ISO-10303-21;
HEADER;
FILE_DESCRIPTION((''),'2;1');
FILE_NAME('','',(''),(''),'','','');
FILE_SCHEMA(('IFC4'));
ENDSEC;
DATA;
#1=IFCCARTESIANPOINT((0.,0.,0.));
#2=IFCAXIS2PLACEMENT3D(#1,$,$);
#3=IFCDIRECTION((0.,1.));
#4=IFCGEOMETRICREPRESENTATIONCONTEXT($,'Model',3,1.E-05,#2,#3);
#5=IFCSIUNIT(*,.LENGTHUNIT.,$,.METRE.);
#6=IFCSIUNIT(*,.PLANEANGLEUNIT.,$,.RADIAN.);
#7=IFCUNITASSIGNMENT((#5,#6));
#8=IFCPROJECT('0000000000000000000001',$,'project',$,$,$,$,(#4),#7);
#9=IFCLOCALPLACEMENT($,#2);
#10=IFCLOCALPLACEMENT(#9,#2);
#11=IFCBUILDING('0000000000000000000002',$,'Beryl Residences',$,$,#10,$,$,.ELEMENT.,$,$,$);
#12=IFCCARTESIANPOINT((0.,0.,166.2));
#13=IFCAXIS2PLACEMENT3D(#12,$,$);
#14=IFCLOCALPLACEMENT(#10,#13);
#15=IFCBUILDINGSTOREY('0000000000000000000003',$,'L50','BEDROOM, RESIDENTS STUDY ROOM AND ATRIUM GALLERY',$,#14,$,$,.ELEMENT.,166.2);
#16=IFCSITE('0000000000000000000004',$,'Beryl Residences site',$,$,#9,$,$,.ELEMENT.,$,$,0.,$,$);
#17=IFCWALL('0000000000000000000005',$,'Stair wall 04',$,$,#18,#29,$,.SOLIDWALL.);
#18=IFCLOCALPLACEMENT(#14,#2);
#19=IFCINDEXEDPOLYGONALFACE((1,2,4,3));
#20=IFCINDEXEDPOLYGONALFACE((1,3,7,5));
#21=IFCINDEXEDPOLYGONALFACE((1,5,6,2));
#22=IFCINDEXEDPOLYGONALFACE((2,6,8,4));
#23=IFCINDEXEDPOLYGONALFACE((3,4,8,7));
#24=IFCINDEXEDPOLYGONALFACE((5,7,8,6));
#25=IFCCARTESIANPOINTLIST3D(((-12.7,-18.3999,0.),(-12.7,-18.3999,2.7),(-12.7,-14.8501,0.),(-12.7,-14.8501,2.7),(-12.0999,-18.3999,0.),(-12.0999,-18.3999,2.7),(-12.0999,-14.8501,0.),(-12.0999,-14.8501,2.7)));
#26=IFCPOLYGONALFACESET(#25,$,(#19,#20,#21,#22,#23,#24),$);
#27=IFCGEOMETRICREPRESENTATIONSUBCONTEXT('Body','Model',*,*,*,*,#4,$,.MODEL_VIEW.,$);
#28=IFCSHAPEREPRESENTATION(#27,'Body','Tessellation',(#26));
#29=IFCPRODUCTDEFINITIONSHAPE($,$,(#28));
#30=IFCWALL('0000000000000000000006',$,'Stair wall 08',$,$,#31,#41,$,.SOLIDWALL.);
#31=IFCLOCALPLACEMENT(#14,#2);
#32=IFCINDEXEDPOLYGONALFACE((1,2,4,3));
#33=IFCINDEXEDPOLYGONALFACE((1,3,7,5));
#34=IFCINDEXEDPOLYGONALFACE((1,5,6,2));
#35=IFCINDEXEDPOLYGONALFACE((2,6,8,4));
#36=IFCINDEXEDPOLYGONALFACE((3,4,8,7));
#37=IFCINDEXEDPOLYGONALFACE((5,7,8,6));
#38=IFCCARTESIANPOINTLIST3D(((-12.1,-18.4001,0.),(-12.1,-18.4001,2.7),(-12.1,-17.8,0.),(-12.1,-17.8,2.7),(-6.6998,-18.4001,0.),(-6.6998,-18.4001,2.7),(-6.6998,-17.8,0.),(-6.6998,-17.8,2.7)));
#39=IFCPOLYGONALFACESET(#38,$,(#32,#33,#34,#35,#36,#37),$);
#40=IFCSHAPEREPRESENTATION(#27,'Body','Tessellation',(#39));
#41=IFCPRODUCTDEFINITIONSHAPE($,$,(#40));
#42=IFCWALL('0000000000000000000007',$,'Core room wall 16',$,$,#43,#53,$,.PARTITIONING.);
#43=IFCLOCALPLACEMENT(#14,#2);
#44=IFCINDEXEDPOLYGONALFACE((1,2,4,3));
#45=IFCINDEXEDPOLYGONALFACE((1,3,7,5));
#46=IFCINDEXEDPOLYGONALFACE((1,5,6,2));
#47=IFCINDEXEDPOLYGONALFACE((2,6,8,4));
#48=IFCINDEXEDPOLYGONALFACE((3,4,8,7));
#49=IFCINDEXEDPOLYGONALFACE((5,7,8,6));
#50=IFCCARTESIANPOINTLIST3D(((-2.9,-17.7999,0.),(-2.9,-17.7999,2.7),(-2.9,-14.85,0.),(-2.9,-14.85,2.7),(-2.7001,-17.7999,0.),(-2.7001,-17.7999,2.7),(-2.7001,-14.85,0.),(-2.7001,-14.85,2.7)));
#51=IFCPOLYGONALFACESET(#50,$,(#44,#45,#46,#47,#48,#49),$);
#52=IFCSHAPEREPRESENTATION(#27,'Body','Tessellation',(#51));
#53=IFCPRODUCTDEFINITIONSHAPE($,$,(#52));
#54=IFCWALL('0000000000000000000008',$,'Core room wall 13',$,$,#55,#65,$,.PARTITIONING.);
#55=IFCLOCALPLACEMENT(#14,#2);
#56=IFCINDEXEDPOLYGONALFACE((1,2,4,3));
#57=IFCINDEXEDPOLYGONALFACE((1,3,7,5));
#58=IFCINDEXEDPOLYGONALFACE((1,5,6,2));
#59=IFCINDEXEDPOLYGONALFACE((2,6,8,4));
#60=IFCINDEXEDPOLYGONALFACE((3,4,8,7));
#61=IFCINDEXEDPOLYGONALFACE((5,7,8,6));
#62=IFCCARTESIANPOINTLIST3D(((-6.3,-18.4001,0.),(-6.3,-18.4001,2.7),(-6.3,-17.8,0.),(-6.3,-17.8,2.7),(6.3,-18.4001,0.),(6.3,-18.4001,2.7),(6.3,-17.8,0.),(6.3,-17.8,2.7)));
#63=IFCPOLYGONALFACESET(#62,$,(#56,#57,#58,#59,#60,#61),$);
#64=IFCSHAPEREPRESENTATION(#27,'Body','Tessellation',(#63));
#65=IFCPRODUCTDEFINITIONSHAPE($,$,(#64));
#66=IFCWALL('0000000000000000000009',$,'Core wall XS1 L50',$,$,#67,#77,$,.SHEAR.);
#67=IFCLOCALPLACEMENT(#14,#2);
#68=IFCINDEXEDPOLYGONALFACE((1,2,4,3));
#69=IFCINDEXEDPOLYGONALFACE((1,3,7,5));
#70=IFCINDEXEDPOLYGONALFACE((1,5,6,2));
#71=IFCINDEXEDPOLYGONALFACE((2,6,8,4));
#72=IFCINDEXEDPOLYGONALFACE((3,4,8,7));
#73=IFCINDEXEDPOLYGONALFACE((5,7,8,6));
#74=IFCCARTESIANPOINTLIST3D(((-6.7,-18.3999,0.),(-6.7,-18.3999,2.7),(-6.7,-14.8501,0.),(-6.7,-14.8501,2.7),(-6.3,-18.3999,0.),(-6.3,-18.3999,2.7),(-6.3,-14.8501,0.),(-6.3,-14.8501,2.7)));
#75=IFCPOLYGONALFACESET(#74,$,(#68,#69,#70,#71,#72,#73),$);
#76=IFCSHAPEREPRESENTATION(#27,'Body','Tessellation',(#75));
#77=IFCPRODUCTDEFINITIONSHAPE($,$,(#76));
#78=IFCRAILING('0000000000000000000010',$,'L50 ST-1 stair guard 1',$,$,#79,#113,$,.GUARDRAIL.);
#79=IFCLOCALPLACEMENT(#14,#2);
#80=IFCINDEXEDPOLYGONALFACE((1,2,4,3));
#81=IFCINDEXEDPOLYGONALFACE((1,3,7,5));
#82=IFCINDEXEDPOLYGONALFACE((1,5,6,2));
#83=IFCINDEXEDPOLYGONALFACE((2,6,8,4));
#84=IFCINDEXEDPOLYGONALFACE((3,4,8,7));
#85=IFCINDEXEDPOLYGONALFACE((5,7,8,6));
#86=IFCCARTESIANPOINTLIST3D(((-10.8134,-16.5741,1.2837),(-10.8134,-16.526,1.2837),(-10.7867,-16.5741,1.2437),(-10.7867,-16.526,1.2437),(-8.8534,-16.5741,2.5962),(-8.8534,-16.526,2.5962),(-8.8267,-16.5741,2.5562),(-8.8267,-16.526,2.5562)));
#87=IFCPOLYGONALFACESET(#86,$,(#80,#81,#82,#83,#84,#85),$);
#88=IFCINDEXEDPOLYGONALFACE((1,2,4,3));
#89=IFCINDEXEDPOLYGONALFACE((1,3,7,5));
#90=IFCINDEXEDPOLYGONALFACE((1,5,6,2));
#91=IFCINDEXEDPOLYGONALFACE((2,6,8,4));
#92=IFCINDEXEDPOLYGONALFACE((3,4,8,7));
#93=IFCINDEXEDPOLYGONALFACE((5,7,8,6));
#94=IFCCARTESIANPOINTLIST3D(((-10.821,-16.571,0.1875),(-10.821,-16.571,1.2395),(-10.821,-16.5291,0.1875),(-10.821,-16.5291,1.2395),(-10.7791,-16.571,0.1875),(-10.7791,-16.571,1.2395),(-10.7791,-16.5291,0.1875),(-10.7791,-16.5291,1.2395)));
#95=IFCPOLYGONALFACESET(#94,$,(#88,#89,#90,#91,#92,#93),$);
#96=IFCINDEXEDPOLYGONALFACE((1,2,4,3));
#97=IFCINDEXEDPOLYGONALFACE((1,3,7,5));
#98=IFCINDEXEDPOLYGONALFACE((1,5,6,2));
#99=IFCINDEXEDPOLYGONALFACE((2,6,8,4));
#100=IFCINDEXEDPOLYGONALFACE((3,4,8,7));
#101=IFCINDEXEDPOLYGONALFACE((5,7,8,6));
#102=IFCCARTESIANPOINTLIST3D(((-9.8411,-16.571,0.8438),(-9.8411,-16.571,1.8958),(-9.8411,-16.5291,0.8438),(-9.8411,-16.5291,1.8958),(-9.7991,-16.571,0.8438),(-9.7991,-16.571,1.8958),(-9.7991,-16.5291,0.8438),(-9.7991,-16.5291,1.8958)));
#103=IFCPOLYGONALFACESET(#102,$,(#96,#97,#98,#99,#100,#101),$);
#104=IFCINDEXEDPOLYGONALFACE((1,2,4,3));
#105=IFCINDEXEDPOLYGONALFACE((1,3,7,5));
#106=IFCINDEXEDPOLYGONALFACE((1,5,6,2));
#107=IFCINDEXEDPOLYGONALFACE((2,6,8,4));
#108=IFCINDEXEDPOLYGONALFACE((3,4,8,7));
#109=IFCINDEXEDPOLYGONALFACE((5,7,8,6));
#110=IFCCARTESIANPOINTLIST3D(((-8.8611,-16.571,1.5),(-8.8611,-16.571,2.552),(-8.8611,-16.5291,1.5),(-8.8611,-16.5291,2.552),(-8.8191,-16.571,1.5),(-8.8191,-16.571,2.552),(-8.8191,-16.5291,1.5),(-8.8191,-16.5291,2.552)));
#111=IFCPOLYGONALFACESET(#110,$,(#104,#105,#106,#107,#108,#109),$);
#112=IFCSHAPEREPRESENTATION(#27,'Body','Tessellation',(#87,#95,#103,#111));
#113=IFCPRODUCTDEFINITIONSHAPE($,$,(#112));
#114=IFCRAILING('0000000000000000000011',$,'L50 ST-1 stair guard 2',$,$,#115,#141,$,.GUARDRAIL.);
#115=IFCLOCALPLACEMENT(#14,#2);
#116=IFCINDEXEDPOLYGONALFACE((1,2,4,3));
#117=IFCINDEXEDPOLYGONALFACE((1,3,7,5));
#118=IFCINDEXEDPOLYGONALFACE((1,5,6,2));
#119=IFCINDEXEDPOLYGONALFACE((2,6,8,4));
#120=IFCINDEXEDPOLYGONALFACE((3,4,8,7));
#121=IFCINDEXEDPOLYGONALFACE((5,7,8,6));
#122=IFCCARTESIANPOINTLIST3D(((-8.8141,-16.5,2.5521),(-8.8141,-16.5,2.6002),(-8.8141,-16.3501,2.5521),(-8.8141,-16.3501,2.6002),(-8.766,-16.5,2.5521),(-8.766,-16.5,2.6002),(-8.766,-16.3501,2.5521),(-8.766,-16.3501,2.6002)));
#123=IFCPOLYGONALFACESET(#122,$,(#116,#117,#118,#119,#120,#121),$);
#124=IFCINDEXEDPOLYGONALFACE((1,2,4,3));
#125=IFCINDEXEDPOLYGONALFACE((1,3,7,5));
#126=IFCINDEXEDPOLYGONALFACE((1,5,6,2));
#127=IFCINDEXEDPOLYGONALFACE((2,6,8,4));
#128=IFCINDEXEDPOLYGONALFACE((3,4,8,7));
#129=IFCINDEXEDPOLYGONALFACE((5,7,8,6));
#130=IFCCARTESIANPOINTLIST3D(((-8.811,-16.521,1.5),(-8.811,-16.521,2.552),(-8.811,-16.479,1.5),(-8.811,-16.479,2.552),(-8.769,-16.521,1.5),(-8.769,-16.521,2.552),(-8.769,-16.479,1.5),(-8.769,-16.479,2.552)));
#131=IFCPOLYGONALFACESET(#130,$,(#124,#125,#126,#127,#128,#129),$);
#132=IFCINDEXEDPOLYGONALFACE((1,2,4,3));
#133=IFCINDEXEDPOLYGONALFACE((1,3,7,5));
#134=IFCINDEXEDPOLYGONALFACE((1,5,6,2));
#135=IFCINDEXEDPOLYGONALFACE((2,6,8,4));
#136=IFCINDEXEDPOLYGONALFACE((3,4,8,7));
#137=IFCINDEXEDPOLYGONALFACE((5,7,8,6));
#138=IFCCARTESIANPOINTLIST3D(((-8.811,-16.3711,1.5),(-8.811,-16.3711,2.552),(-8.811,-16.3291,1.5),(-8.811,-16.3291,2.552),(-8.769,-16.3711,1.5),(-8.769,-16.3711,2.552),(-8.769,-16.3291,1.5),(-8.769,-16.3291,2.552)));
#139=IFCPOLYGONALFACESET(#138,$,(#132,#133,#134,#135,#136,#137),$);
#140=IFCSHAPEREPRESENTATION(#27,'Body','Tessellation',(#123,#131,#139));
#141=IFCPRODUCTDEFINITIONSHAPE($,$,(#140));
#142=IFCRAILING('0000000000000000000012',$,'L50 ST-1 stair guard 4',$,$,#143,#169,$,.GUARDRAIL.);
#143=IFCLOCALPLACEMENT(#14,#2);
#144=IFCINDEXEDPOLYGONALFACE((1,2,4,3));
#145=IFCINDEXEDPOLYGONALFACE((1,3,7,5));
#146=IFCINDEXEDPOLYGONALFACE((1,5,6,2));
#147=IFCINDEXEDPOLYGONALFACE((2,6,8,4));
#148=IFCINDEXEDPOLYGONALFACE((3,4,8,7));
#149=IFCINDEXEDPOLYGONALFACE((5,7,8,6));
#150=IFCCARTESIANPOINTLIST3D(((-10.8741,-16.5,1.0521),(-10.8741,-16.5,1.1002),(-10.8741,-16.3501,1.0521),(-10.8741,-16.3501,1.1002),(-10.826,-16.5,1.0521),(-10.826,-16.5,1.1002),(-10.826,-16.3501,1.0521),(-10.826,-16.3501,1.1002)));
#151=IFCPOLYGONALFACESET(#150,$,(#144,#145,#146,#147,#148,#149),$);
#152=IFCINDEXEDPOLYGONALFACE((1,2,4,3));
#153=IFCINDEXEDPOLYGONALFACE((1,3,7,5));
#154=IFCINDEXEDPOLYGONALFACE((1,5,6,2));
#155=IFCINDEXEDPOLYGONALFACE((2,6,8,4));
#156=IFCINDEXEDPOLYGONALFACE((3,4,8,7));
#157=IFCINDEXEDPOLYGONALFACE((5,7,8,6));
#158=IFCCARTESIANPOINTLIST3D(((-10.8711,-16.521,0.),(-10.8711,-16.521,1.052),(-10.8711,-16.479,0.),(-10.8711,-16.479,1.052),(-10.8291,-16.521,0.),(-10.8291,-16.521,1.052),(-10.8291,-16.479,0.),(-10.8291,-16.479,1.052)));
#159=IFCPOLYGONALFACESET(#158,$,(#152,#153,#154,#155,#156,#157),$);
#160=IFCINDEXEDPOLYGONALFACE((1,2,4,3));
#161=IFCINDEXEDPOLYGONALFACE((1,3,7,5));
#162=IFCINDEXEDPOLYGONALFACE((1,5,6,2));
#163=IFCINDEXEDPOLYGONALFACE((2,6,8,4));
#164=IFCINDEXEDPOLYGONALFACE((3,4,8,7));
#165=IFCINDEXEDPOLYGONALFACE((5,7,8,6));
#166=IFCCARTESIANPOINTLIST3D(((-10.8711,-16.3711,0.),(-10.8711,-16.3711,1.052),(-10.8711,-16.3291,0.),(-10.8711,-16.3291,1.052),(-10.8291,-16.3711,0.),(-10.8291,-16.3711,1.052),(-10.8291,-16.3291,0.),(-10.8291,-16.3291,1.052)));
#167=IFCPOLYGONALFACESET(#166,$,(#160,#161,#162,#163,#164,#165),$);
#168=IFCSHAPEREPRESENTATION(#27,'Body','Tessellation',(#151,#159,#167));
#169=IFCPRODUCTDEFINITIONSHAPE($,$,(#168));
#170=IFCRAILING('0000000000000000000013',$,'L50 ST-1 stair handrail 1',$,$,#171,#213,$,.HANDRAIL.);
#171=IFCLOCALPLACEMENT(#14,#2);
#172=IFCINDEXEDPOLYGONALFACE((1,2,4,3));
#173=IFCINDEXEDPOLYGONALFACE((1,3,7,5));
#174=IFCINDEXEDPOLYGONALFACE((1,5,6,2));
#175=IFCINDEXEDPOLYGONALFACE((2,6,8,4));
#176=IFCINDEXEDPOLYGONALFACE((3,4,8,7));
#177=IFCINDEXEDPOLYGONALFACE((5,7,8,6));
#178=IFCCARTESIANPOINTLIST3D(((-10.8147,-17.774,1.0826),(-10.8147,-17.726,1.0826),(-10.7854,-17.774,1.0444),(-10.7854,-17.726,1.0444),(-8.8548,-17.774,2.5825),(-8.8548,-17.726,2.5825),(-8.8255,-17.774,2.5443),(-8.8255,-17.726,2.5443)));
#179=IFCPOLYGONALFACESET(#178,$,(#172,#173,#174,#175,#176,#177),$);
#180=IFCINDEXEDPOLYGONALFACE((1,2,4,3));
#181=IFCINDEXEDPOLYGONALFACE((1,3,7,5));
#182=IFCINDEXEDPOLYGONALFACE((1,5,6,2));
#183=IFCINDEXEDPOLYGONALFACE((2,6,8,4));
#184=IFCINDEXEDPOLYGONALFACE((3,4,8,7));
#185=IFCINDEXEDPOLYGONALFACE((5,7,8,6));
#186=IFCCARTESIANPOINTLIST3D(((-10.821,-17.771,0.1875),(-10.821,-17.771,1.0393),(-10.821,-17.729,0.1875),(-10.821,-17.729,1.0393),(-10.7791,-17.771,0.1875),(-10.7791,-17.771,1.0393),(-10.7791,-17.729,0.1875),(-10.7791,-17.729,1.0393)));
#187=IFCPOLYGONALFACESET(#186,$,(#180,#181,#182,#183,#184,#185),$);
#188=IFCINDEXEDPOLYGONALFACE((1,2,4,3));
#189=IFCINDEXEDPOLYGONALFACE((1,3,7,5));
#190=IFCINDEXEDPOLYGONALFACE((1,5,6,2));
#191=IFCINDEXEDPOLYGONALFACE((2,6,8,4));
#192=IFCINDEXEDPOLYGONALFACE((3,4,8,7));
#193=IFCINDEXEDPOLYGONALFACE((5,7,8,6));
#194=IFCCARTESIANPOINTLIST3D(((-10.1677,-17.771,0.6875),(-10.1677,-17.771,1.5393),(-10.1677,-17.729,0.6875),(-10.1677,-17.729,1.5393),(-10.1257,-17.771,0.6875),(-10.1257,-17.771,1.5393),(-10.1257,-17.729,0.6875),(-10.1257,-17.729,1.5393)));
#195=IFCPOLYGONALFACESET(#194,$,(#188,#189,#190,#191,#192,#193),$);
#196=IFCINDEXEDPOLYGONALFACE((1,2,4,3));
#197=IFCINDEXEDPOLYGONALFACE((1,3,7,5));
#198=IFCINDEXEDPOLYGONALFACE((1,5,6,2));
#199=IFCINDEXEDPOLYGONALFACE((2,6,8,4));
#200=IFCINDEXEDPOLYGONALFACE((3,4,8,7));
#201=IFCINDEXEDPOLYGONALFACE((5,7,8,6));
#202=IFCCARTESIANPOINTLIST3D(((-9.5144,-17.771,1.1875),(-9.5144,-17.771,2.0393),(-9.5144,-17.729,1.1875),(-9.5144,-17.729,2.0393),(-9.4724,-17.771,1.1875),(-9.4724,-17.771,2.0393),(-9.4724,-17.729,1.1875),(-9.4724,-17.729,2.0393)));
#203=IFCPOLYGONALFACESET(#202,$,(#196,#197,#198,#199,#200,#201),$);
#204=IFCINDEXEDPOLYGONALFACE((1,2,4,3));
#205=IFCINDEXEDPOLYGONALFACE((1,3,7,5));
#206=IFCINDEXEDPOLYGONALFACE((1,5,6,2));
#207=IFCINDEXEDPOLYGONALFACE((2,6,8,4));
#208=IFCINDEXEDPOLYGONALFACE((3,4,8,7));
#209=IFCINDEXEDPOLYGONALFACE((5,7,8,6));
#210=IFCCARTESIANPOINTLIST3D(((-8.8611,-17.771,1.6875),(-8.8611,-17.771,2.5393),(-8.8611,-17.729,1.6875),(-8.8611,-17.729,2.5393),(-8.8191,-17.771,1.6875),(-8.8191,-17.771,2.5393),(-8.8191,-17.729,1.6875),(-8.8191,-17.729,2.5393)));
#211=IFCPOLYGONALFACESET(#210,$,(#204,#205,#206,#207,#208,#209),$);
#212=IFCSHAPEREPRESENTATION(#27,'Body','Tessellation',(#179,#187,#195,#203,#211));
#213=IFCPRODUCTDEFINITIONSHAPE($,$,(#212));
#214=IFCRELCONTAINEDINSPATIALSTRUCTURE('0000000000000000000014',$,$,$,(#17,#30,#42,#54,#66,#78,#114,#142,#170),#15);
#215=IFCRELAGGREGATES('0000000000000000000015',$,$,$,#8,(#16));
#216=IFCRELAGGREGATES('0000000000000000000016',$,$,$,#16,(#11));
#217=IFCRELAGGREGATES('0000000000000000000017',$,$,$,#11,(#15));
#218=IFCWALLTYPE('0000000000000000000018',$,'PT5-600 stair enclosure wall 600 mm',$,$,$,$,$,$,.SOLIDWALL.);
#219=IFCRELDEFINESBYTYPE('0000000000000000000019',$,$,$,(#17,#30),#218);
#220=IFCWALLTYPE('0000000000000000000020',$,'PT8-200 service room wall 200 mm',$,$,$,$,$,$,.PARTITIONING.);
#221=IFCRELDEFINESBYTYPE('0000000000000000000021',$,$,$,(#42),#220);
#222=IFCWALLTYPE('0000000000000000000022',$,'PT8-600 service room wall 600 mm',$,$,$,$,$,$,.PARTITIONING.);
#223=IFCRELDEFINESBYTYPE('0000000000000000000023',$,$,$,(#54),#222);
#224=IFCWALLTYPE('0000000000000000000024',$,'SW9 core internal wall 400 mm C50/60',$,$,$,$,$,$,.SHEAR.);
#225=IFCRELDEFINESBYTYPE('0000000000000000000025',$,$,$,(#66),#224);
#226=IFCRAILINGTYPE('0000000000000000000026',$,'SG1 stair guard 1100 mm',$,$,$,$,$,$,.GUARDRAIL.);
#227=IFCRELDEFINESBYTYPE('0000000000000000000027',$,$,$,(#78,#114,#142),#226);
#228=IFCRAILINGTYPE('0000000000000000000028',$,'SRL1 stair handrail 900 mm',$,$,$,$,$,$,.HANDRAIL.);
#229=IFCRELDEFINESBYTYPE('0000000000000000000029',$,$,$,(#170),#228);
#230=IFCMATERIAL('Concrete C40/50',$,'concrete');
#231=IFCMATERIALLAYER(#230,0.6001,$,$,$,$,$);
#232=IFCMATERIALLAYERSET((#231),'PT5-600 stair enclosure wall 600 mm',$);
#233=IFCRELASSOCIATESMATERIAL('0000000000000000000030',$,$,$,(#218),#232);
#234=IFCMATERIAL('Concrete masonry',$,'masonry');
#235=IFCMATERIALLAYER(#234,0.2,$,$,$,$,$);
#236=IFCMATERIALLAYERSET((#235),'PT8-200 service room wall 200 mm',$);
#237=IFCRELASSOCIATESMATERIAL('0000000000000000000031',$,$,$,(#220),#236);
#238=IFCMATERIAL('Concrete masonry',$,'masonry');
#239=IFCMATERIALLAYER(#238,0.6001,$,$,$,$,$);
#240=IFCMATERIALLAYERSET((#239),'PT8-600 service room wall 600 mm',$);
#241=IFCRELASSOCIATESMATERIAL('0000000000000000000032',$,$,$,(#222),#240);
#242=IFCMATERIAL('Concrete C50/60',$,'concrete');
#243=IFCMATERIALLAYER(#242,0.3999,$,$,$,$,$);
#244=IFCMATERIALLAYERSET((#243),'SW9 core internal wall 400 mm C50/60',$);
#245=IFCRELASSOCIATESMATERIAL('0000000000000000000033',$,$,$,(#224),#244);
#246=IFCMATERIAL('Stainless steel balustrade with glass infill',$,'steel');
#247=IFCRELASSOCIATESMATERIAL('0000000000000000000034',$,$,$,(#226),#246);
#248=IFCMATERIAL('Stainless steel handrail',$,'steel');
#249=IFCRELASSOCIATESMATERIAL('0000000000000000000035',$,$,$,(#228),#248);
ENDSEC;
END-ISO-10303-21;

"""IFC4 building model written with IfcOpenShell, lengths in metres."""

from ifc_helpers import new_model, si_unit, direction, frame, frame_2d, origin, origin_2d, place, context, subcontext, project, spatial, rectangle, extrude, material, layer, layer_set, type_object, element, save


model = new_model("IFC4")

# Units and contexts
model_context = context("Model", 3, precision=1e-05, world=origin(), true_north=direction((0.0, 1.0)))
body_context = subcontext(model_context, "Body", "Model", "MODEL_VIEW")
ifc_project = project(units=[si_unit("LENGTHUNIT", "METRE"), si_unit("PLANEANGLEUNIT", "RADIAN")], contexts=[model_context])

# Site, building, storey
site_placement = place(None, origin())
site = spatial("IfcSite", under=ifc_project, at=site_placement, Name="Beryl Residences site", CompositionType="ELEMENT", RefElevation=0.0)
building_placement = place(site_placement, origin())
building = spatial("IfcBuilding", under=site, at=building_placement, Name="Beryl Residences", CompositionType="ELEMENT")
storey_placement = place(building_placement, frame((0.0, 0.0, 166.2)))
storey = spatial("IfcBuildingStorey", under=building, at=storey_placement, Name="L50", Description="BEDROOM, RESIDENTS STUDY ROOM AND ATRIUM GALLERY", CompositionType="ELEMENT", Elevation=166.2)

# Walls
ifc_material_1 = material(Name="Concrete C40/50", Category="concrete")
ifc_layer_1 = layer(ifc_material_1, 0.6001)
ifc_layer_set_1 = layer_set([ifc_layer_1], Name="PT5-600 stair enclosure wall 600 mm")
wall_type_1 = type_object("IfcWallType", Name="PT5-600 stair enclosure wall 600 mm", PredefinedType="SOLIDWALL", material=ifc_layer_set_1)
wall_1_placement = place(storey_placement, frame((-12.3999, -18.3999, 0.0), z_axis=(0.0, 0.0, 1.0), x_axis=(0.0, 1.0, 0.0)))
element("IfcWall", 1, at=wall_1_placement, inside=storey, type_object=wall_type_1, Name="Stair wall 04", PredefinedType="SOLIDWALL", context=body_context, shape_type="SweptSolid", body=[
    extrude(rectangle(XDim=3.5498, YDim=0.6001, at=frame_2d((1.7749, 0.0))), origin(), (0.0, 0.0, 1.0), 2.7),
])
wall_2_placement = place(storey_placement, frame((-12.1001, -18.1001, 0.0), z_axis=(0.0, 0.0, 1.0), x_axis=(1.0, 0.0, 0.0)))
element("IfcWall", 2, at=wall_2_placement, inside=storey, type_object=wall_type_1, Name="Stair wall 08", PredefinedType="SOLIDWALL", context=body_context, shape_type="SweptSolid", body=[
    extrude(rectangle(XDim=5.4001, YDim=0.6001, at=frame_2d((2.7002, 0.0))), origin(), (0.0, 0.0, 1.0), 2.7),
])
ifc_material_2 = material(Name="Concrete masonry", Category="masonry")
ifc_layer_2 = layer(ifc_material_2, 0.2)
ifc_layer_set_2 = layer_set([ifc_layer_2], Name="PT8-200 service room wall 200 mm")
wall_type_2 = type_object("IfcWallType", Name="PT8-200 service room wall 200 mm", PredefinedType="PARTITIONING", material=ifc_layer_set_2)
wall_3_placement = place(storey_placement, frame((-2.8, -17.8, 0.0), z_axis=(0.0, 0.0, 1.0), x_axis=(0.0, 1.0, 0.0)))
element("IfcWall", 3, at=wall_3_placement, inside=storey, type_object=wall_type_2, Name="Core room wall 16", PredefinedType="PARTITIONING", context=body_context, shape_type="SweptSolid", body=[
    extrude(rectangle(XDim=2.95, YDim=0.2, at=frame_2d((1.4751, 0.0))), origin(), (0.0, 0.0, 1.0), 2.7),
])
ifc_material_3 = material(Name="Concrete masonry", Category="masonry")
ifc_layer_3 = layer(ifc_material_3, 0.6001)
ifc_layer_set_3 = layer_set([ifc_layer_3], Name="PT8-600 service room wall 600 mm")
wall_type_3 = type_object("IfcWallType", Name="PT8-600 service room wall 600 mm", PredefinedType="PARTITIONING", material=ifc_layer_set_3)
wall_4_placement = place(storey_placement, frame((-6.3, -18.1001, 0.0), z_axis=(0.0, 0.0, 1.0), x_axis=(1.0, 0.0, 0.0)))
element("IfcWall", 4, at=wall_4_placement, inside=storey, type_object=wall_type_3, Name="Core room wall 13", PredefinedType="PARTITIONING", context=body_context, shape_type="SweptSolid", body=[
    extrude(rectangle(XDim=12.6001, YDim=0.6001, at=frame_2d((6.3, 0.0))), origin(), (0.0, 0.0, 1.0), 2.7),
])
ifc_material_4 = material(Name="Concrete C50/60", Category="concrete")
ifc_layer_4 = layer(ifc_material_4, 0.3999)
ifc_layer_set_4 = layer_set([ifc_layer_4], Name="SW9 core internal wall 400 mm C50/60")
wall_type_4 = type_object("IfcWallType", Name="SW9 core internal wall 400 mm C50/60", PredefinedType="SHEAR", material=ifc_layer_set_4)
wall_5_placement = place(storey_placement, frame((-6.5, -18.3999, 0.0), z_axis=(0.0, 0.0, 1.0), x_axis=(0.0, 1.0, 0.0)))
element("IfcWall", 5, at=wall_5_placement, inside=storey, type_object=wall_type_4, Name="Core wall XS1 L50", PredefinedType="SHEAR", context=body_context, shape_type="SweptSolid", body=[
    extrude(rectangle(XDim=3.5498, YDim=0.3999, at=frame_2d((1.7749, 0.0))), origin(), (0.0, 0.0, 1.0), 2.7),
])

# Railings
ifc_material_5 = material(Name="Stainless steel balustrade with glass infill", Category="steel")
railing_type_1 = type_object("IfcRailingType", Name="SG1 stair guard 1100 mm", PredefinedType="GUARDRAIL", material=ifc_material_5)
railing_1_placement = place(storey_placement, frame((-10.8, -16.55, 0.1875)))
element("IfcRailing", 6, at=railing_1_placement, inside=storey, type_object=railing_type_1, Name="L50 ST-1 stair guard 1", PredefinedType="GUARDRAIL", context=body_context, shape_type="SweptSolid", body=[
    extrude(rectangle(XDim=0.0481, YDim=0.0481, at=origin_2d()), frame((0.0, 0.0, 1.0762), z_axis=(0.830902, 0.0, 0.556419), x_axis=(0.0, 1.0, 0.0)), (0.0, 0.0, 1.0), 2.3589),
    extrude(rectangle(XDim=0.042, YDim=0.042, at=origin_2d()), origin(), (0.0, 0.0, 1.0), 1.052),
    extrude(rectangle(XDim=0.042, YDim=0.042, at=origin_2d()), frame((0.98, 0.0, 0.6562)), (0.0, 0.0, 1.0), 1.052),
    extrude(rectangle(XDim=0.042, YDim=0.042, at=origin_2d()), frame((1.96, 0.0, 1.3125)), (0.0, 0.0, 1.0), 1.052),
])
for number, where, name in (
    (7, (-8.79, -16.5, 1.5), "L50 ST-1 stair guard 2"),
    (8, (-10.8501, -16.5, 0.0), "L50 ST-1 stair guard 4"),
):
    element("IfcRailing", number, at=place(storey_placement, frame(where)), inside=storey, type_object=railing_type_1, Name=name, PredefinedType="GUARDRAIL", context=body_context, shape_type="SweptSolid", body=[
        extrude(rectangle(XDim=0.0481, YDim=0.0481, at=origin_2d()), frame((0.0, 0.0, 1.0762), z_axis=(0.0, 1.0, 0.0), x_axis=(-1.0, 0.0, 0.0)), (0.0, 0.0, 1.0), 0.1499),
        extrude(rectangle(XDim=0.042, YDim=0.042, at=origin_2d()), origin(), (0.0, 0.0, 1.0), 1.052),
        extrude(rectangle(XDim=0.042, YDim=0.042, at=origin_2d()), frame((0.0, 0.1499, 0.0)), (0.0, 0.0, 1.0), 1.052),
    ])
ifc_material_6 = material(Name="Stainless steel handrail", Category="steel")
railing_type_2 = type_object("IfcRailingType", Name="SRL1 stair handrail 900 mm", PredefinedType="HANDRAIL", material=ifc_material_6)
railing_2_placement = place(storey_placement, frame((-10.8, -17.75, 0.1875)))
element("IfcRailing", 9, at=railing_2_placement, inside=storey, type_object=railing_type_2, Name="L50 ST-1 stair handrail 1", PredefinedType="HANDRAIL", context=body_context, shape_type="SweptSolid", body=[
    extrude(rectangle(XDim=0.0481, YDim=0.0481, at=origin_2d()), frame((0.0, 0.0, 0.876), z_axis=(0.794122, 0.0, 0.607758), x_axis=(0.0, 1.0, 0.0)), (0.0, 0.0, 1.0), 2.468),
    extrude(rectangle(XDim=0.042, YDim=0.042, at=origin_2d()), origin(), (0.0, 0.0, 1.0), 0.8518),
    extrude(rectangle(XDim=0.042, YDim=0.042, at=origin_2d()), frame((0.6533, 0.0, 0.5)), (0.0, 0.0, 1.0), 0.8518),
    extrude(rectangle(XDim=0.042, YDim=0.042, at=origin_2d()), frame((1.3066, 0.0, 1.0)), (0.0, 0.0, 1.0), 0.8518),
    extrude(rectangle(XDim=0.042, YDim=0.042, at=origin_2d()), frame((1.96, 0.0, 1.5)), (0.0, 0.0, 1.0), 0.8518),
])

save(model, "model.ifc")
